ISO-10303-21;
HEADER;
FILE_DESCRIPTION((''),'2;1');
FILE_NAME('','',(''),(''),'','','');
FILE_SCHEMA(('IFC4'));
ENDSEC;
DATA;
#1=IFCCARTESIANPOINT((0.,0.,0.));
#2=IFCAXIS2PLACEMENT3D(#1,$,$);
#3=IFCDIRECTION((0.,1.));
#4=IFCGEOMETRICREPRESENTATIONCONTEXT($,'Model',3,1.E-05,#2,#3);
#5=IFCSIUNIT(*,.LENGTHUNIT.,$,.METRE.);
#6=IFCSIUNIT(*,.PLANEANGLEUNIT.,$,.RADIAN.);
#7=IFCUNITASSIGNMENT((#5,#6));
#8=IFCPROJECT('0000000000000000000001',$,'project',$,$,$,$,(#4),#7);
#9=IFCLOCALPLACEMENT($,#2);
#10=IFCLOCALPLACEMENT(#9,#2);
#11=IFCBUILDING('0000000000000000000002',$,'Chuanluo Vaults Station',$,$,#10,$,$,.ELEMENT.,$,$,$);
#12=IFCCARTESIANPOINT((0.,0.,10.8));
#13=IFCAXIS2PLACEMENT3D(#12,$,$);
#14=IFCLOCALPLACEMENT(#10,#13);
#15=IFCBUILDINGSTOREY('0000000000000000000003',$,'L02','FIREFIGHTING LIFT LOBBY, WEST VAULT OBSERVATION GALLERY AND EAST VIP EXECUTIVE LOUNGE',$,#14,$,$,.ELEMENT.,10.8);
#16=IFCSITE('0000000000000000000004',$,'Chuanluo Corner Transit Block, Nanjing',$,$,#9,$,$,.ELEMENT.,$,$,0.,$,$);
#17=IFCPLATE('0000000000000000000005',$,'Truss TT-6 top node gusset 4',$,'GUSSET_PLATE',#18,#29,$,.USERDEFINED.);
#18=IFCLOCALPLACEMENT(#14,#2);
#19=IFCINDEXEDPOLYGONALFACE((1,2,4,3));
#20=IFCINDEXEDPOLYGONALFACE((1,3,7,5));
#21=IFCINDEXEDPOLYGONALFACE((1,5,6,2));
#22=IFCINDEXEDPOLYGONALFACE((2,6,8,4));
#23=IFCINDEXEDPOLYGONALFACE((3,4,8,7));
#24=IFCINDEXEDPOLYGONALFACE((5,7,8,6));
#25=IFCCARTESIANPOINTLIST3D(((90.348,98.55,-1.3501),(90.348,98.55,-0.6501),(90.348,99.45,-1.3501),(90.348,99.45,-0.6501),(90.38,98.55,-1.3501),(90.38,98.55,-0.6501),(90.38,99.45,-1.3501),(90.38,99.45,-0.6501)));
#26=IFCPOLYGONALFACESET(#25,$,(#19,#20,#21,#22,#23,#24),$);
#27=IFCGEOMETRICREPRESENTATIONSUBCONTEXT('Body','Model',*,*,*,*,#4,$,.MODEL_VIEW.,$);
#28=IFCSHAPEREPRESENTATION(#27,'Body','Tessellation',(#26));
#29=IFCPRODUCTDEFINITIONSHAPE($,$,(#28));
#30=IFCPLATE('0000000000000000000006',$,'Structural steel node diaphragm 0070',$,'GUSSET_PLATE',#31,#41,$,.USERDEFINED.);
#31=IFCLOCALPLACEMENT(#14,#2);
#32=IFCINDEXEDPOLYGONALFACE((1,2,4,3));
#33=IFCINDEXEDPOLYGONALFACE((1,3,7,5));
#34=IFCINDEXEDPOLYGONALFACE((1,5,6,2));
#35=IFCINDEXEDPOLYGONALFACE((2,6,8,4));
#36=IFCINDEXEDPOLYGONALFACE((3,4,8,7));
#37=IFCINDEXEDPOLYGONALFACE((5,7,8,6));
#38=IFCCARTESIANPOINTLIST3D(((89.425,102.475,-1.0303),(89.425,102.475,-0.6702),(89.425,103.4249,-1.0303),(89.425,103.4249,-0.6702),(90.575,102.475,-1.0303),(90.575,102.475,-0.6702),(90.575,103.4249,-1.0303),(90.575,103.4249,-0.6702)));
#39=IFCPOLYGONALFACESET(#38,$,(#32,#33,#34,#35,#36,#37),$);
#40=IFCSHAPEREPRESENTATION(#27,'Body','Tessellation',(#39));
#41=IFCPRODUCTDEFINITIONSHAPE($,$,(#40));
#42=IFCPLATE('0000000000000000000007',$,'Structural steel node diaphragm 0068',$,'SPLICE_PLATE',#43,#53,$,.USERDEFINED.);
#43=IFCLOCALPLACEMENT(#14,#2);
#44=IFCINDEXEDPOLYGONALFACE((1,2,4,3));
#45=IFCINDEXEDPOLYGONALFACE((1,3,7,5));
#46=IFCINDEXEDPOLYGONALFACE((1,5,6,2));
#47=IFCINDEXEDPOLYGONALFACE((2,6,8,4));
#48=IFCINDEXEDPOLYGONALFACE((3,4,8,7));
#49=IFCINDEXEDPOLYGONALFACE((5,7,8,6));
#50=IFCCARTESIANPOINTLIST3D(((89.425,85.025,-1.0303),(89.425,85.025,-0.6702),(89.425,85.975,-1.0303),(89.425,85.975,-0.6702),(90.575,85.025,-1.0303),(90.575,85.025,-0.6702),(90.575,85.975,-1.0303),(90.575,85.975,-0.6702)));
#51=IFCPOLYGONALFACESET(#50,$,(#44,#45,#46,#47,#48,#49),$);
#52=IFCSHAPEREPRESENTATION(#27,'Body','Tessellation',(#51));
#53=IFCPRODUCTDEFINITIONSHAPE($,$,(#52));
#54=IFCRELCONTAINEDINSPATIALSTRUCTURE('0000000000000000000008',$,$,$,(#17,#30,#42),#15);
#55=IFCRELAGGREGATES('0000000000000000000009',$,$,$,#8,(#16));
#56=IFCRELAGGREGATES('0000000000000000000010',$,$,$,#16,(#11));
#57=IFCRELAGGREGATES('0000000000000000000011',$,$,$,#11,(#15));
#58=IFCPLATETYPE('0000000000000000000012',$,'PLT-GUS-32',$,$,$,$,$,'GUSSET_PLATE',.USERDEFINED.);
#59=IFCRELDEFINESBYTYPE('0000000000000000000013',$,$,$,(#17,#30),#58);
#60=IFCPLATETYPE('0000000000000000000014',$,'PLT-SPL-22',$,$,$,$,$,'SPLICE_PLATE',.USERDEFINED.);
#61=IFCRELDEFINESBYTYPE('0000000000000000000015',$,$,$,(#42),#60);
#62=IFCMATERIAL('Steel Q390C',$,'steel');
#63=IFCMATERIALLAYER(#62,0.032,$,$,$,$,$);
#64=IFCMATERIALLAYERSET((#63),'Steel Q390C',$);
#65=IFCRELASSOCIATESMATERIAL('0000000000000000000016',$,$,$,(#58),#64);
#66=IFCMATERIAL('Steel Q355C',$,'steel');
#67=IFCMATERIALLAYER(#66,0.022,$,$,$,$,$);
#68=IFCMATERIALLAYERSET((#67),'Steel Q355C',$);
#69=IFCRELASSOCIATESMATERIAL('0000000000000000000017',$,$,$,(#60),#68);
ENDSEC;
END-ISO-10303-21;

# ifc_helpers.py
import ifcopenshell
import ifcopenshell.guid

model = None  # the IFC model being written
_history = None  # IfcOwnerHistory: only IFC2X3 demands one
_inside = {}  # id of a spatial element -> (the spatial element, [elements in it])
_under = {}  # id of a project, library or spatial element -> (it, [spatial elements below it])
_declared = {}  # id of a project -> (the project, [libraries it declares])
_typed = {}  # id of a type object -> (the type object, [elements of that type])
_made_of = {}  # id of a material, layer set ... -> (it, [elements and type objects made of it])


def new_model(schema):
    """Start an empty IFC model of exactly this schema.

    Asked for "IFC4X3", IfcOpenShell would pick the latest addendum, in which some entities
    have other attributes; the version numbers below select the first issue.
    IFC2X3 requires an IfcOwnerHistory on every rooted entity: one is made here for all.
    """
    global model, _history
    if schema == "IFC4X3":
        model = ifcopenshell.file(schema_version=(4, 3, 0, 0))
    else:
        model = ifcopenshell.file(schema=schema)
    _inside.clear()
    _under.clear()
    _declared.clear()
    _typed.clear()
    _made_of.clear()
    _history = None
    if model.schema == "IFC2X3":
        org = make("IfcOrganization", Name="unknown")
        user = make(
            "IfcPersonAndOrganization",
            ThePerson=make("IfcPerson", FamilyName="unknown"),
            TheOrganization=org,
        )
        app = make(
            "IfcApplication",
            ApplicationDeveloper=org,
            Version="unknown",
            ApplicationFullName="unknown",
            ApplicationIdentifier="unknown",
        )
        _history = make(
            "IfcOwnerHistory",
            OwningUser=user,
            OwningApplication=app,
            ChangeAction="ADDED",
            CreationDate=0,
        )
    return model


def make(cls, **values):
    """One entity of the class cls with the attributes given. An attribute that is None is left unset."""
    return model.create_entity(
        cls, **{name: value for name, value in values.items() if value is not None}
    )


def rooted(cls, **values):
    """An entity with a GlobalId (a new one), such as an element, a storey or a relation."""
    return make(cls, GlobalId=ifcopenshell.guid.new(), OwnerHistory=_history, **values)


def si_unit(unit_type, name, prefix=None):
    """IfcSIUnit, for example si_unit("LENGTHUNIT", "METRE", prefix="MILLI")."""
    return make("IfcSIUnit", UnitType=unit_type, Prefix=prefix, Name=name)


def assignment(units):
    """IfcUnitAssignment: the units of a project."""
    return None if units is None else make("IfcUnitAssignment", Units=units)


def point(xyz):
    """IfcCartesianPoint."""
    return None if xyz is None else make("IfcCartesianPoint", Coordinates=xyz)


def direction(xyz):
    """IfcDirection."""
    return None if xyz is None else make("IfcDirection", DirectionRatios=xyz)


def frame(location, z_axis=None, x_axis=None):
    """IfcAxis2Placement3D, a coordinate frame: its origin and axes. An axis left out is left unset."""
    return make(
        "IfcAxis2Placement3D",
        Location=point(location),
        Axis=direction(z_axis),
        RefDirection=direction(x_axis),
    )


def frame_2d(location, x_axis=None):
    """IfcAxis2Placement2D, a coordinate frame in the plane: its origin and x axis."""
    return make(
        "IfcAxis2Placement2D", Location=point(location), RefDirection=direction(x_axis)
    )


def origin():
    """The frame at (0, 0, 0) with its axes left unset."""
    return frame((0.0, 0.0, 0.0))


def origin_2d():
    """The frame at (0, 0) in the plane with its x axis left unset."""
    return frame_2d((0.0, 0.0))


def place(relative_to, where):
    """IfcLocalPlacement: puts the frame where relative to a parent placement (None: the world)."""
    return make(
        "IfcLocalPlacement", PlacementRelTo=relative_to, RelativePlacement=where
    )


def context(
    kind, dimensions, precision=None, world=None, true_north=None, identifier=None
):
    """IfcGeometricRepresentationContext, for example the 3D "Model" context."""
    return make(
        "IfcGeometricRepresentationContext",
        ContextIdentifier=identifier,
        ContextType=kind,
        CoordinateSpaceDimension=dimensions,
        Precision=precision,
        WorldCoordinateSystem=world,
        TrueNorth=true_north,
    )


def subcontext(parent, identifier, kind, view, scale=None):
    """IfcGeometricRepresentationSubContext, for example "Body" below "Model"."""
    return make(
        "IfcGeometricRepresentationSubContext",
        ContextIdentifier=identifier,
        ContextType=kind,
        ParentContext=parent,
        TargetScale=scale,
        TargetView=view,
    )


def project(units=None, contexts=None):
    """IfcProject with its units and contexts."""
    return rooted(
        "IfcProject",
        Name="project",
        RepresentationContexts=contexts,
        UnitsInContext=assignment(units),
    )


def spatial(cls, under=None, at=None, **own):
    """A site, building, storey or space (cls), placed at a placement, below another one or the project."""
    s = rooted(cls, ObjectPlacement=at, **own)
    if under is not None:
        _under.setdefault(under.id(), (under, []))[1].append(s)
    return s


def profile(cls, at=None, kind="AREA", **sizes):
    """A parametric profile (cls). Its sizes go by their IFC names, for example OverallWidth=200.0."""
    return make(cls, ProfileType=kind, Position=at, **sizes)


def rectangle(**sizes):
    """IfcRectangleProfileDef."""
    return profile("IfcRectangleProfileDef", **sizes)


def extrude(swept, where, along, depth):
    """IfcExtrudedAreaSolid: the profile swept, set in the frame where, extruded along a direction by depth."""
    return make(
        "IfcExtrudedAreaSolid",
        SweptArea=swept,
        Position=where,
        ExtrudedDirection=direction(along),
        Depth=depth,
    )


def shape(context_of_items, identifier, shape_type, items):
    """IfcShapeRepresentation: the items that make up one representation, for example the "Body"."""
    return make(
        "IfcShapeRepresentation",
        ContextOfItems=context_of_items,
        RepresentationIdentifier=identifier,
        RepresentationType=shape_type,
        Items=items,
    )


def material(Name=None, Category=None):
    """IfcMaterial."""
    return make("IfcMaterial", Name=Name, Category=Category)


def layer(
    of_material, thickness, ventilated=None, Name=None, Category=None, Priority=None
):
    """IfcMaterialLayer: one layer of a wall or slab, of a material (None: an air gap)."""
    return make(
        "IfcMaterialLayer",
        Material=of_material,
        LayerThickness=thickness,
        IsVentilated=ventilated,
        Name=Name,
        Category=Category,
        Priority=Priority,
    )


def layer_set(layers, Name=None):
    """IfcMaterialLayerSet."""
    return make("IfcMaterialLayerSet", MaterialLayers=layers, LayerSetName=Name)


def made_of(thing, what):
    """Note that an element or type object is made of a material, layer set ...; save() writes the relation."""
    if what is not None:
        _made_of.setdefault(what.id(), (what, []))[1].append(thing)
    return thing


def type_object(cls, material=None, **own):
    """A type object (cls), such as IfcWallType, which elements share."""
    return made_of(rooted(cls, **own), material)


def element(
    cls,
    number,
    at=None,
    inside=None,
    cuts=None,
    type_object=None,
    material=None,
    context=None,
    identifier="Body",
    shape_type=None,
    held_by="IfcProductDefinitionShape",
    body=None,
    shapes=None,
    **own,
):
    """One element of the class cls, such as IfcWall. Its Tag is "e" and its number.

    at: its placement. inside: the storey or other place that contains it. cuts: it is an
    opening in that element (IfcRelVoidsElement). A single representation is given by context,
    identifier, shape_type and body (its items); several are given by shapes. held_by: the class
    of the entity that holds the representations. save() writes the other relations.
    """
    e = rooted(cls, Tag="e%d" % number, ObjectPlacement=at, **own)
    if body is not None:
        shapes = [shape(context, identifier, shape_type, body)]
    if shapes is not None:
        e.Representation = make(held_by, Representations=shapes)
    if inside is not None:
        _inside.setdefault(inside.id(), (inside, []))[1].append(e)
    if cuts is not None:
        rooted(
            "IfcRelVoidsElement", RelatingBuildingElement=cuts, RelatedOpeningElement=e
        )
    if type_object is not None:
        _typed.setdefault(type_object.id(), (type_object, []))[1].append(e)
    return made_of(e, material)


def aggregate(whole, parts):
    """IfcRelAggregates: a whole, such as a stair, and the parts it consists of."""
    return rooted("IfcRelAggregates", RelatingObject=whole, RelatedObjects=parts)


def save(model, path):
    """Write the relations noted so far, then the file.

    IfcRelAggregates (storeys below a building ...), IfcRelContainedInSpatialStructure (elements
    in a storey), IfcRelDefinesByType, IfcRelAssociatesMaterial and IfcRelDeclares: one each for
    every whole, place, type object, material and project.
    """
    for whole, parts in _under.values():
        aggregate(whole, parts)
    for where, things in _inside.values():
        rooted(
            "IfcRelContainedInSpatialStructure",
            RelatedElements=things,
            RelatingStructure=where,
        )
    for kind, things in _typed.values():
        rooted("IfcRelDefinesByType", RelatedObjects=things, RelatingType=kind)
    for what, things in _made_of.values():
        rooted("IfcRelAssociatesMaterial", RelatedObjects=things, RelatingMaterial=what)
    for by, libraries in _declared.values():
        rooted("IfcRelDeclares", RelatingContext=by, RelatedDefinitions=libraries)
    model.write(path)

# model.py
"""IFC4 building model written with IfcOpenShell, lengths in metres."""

from ifc_helpers import new_model, si_unit, direction, frame, origin, origin_2d, place, context, subcontext, project, spatial, rectangle, extrude, material, layer, layer_set, type_object, element, save


model = new_model("IFC4")

# Units and contexts
model_context = context("Model", 3, precision=1e-05, world=origin(), true_north=direction((0.0, 1.0)))
body_context = subcontext(model_context, "Body", "Model", "MODEL_VIEW")
ifc_project = project(units=[si_unit("LENGTHUNIT", "METRE"), si_unit("PLANEANGLEUNIT", "RADIAN")], contexts=[model_context])

# Site, building, storey
site_placement = place(None, origin())
site = spatial("IfcSite", under=ifc_project, at=site_placement, Name="Chuanluo Corner Transit Block, Nanjing", CompositionType="ELEMENT", RefElevation=0.0)
building_placement = place(site_placement, origin())
building = spatial("IfcBuilding", under=site, at=building_placement, Name="Chuanluo Vaults Station", CompositionType="ELEMENT")
storey_placement = place(building_placement, frame((0.0, 0.0, 10.8)))
storey = spatial("IfcBuildingStorey", under=building, at=storey_placement, Name="L02", Description="FIREFIGHTING LIFT LOBBY, WEST VAULT OBSERVATION GALLERY AND EAST VIP EXECUTIVE LOUNGE", CompositionType="ELEMENT", Elevation=10.8)

# Plates
ifc_material_1 = material(Name="Steel Q390C", Category="steel")
ifc_layer_1 = layer(ifc_material_1, 0.032)
ifc_layer_set_1 = layer_set([ifc_layer_1], Name="Steel Q390C")
plate_type_1 = type_object("IfcPlateType", Name="PLT-GUS-32", ElementType="GUSSET_PLATE", PredefinedType="USERDEFINED", material=ifc_layer_set_1)
for number, where, z_axis, x_axis, name in (
    (1, (90.364, 99.0, -1.3501), (0.0, 0.0, 1.0), (1.0, 0.0, 0.0), "Truss TT-6 top node gusset 4"),
):
    element("IfcPlate", number, at=place(storey_placement, frame(where, z_axis=z_axis, x_axis=x_axis)), inside=storey, type_object=plate_type_1, Name=name, ObjectType="GUSSET_PLATE", PredefinedType="USERDEFINED", context=body_context, shape_type="SweptSolid", body=[
        extrude(rectangle(XDim=0.032, YDim=0.8999, at=origin_2d()), origin(), (0.0, 0.0, 1.0), 0.7),
    ])
plate_1_placement = place(storey_placement, frame((90.0, 102.95, -1.0303), z_axis=(0.0, 0.0, 1.0), x_axis=(1.0, 0.0, 0.0)))
element("IfcPlate", 2, at=plate_1_placement, inside=storey, type_object=plate_type_1, Name="Structural steel node diaphragm 0070", ObjectType="GUSSET_PLATE", PredefinedType="USERDEFINED", context=body_context, shape_type="SweptSolid", body=[
    extrude(rectangle(XDim=1.1499, YDim=0.95, at=origin_2d()), origin(), (0.0, 0.0, 1.0), 0.3601),
])
ifc_material_2 = material(Name="Steel Q355C", Category="steel")
ifc_layer_2 = layer(ifc_material_2, 0.022)
ifc_layer_set_2 = layer_set([ifc_layer_2], Name="Steel Q355C")
plate_type_2 = type_object("IfcPlateType", Name="PLT-SPL-22", ElementType="SPLICE_PLATE", PredefinedType="USERDEFINED", material=ifc_layer_set_2)
plate_2_placement = place(storey_placement, frame((90.0, 85.5, -1.0303), z_axis=(0.0, 0.0, 1.0), x_axis=(1.0, 0.0, 0.0)))
element("IfcPlate", 3, at=plate_2_placement, inside=storey, type_object=plate_type_2, Name="Structural steel node diaphragm 0068", ObjectType="SPLICE_PLATE", PredefinedType="USERDEFINED", context=body_context, shape_type="SweptSolid", body=[
    extrude(rectangle(XDim=1.1499, YDim=0.95, at=origin_2d()), origin(), (0.0, 0.0, 1.0), 0.3601),
])

save(model, "model.ifc")
